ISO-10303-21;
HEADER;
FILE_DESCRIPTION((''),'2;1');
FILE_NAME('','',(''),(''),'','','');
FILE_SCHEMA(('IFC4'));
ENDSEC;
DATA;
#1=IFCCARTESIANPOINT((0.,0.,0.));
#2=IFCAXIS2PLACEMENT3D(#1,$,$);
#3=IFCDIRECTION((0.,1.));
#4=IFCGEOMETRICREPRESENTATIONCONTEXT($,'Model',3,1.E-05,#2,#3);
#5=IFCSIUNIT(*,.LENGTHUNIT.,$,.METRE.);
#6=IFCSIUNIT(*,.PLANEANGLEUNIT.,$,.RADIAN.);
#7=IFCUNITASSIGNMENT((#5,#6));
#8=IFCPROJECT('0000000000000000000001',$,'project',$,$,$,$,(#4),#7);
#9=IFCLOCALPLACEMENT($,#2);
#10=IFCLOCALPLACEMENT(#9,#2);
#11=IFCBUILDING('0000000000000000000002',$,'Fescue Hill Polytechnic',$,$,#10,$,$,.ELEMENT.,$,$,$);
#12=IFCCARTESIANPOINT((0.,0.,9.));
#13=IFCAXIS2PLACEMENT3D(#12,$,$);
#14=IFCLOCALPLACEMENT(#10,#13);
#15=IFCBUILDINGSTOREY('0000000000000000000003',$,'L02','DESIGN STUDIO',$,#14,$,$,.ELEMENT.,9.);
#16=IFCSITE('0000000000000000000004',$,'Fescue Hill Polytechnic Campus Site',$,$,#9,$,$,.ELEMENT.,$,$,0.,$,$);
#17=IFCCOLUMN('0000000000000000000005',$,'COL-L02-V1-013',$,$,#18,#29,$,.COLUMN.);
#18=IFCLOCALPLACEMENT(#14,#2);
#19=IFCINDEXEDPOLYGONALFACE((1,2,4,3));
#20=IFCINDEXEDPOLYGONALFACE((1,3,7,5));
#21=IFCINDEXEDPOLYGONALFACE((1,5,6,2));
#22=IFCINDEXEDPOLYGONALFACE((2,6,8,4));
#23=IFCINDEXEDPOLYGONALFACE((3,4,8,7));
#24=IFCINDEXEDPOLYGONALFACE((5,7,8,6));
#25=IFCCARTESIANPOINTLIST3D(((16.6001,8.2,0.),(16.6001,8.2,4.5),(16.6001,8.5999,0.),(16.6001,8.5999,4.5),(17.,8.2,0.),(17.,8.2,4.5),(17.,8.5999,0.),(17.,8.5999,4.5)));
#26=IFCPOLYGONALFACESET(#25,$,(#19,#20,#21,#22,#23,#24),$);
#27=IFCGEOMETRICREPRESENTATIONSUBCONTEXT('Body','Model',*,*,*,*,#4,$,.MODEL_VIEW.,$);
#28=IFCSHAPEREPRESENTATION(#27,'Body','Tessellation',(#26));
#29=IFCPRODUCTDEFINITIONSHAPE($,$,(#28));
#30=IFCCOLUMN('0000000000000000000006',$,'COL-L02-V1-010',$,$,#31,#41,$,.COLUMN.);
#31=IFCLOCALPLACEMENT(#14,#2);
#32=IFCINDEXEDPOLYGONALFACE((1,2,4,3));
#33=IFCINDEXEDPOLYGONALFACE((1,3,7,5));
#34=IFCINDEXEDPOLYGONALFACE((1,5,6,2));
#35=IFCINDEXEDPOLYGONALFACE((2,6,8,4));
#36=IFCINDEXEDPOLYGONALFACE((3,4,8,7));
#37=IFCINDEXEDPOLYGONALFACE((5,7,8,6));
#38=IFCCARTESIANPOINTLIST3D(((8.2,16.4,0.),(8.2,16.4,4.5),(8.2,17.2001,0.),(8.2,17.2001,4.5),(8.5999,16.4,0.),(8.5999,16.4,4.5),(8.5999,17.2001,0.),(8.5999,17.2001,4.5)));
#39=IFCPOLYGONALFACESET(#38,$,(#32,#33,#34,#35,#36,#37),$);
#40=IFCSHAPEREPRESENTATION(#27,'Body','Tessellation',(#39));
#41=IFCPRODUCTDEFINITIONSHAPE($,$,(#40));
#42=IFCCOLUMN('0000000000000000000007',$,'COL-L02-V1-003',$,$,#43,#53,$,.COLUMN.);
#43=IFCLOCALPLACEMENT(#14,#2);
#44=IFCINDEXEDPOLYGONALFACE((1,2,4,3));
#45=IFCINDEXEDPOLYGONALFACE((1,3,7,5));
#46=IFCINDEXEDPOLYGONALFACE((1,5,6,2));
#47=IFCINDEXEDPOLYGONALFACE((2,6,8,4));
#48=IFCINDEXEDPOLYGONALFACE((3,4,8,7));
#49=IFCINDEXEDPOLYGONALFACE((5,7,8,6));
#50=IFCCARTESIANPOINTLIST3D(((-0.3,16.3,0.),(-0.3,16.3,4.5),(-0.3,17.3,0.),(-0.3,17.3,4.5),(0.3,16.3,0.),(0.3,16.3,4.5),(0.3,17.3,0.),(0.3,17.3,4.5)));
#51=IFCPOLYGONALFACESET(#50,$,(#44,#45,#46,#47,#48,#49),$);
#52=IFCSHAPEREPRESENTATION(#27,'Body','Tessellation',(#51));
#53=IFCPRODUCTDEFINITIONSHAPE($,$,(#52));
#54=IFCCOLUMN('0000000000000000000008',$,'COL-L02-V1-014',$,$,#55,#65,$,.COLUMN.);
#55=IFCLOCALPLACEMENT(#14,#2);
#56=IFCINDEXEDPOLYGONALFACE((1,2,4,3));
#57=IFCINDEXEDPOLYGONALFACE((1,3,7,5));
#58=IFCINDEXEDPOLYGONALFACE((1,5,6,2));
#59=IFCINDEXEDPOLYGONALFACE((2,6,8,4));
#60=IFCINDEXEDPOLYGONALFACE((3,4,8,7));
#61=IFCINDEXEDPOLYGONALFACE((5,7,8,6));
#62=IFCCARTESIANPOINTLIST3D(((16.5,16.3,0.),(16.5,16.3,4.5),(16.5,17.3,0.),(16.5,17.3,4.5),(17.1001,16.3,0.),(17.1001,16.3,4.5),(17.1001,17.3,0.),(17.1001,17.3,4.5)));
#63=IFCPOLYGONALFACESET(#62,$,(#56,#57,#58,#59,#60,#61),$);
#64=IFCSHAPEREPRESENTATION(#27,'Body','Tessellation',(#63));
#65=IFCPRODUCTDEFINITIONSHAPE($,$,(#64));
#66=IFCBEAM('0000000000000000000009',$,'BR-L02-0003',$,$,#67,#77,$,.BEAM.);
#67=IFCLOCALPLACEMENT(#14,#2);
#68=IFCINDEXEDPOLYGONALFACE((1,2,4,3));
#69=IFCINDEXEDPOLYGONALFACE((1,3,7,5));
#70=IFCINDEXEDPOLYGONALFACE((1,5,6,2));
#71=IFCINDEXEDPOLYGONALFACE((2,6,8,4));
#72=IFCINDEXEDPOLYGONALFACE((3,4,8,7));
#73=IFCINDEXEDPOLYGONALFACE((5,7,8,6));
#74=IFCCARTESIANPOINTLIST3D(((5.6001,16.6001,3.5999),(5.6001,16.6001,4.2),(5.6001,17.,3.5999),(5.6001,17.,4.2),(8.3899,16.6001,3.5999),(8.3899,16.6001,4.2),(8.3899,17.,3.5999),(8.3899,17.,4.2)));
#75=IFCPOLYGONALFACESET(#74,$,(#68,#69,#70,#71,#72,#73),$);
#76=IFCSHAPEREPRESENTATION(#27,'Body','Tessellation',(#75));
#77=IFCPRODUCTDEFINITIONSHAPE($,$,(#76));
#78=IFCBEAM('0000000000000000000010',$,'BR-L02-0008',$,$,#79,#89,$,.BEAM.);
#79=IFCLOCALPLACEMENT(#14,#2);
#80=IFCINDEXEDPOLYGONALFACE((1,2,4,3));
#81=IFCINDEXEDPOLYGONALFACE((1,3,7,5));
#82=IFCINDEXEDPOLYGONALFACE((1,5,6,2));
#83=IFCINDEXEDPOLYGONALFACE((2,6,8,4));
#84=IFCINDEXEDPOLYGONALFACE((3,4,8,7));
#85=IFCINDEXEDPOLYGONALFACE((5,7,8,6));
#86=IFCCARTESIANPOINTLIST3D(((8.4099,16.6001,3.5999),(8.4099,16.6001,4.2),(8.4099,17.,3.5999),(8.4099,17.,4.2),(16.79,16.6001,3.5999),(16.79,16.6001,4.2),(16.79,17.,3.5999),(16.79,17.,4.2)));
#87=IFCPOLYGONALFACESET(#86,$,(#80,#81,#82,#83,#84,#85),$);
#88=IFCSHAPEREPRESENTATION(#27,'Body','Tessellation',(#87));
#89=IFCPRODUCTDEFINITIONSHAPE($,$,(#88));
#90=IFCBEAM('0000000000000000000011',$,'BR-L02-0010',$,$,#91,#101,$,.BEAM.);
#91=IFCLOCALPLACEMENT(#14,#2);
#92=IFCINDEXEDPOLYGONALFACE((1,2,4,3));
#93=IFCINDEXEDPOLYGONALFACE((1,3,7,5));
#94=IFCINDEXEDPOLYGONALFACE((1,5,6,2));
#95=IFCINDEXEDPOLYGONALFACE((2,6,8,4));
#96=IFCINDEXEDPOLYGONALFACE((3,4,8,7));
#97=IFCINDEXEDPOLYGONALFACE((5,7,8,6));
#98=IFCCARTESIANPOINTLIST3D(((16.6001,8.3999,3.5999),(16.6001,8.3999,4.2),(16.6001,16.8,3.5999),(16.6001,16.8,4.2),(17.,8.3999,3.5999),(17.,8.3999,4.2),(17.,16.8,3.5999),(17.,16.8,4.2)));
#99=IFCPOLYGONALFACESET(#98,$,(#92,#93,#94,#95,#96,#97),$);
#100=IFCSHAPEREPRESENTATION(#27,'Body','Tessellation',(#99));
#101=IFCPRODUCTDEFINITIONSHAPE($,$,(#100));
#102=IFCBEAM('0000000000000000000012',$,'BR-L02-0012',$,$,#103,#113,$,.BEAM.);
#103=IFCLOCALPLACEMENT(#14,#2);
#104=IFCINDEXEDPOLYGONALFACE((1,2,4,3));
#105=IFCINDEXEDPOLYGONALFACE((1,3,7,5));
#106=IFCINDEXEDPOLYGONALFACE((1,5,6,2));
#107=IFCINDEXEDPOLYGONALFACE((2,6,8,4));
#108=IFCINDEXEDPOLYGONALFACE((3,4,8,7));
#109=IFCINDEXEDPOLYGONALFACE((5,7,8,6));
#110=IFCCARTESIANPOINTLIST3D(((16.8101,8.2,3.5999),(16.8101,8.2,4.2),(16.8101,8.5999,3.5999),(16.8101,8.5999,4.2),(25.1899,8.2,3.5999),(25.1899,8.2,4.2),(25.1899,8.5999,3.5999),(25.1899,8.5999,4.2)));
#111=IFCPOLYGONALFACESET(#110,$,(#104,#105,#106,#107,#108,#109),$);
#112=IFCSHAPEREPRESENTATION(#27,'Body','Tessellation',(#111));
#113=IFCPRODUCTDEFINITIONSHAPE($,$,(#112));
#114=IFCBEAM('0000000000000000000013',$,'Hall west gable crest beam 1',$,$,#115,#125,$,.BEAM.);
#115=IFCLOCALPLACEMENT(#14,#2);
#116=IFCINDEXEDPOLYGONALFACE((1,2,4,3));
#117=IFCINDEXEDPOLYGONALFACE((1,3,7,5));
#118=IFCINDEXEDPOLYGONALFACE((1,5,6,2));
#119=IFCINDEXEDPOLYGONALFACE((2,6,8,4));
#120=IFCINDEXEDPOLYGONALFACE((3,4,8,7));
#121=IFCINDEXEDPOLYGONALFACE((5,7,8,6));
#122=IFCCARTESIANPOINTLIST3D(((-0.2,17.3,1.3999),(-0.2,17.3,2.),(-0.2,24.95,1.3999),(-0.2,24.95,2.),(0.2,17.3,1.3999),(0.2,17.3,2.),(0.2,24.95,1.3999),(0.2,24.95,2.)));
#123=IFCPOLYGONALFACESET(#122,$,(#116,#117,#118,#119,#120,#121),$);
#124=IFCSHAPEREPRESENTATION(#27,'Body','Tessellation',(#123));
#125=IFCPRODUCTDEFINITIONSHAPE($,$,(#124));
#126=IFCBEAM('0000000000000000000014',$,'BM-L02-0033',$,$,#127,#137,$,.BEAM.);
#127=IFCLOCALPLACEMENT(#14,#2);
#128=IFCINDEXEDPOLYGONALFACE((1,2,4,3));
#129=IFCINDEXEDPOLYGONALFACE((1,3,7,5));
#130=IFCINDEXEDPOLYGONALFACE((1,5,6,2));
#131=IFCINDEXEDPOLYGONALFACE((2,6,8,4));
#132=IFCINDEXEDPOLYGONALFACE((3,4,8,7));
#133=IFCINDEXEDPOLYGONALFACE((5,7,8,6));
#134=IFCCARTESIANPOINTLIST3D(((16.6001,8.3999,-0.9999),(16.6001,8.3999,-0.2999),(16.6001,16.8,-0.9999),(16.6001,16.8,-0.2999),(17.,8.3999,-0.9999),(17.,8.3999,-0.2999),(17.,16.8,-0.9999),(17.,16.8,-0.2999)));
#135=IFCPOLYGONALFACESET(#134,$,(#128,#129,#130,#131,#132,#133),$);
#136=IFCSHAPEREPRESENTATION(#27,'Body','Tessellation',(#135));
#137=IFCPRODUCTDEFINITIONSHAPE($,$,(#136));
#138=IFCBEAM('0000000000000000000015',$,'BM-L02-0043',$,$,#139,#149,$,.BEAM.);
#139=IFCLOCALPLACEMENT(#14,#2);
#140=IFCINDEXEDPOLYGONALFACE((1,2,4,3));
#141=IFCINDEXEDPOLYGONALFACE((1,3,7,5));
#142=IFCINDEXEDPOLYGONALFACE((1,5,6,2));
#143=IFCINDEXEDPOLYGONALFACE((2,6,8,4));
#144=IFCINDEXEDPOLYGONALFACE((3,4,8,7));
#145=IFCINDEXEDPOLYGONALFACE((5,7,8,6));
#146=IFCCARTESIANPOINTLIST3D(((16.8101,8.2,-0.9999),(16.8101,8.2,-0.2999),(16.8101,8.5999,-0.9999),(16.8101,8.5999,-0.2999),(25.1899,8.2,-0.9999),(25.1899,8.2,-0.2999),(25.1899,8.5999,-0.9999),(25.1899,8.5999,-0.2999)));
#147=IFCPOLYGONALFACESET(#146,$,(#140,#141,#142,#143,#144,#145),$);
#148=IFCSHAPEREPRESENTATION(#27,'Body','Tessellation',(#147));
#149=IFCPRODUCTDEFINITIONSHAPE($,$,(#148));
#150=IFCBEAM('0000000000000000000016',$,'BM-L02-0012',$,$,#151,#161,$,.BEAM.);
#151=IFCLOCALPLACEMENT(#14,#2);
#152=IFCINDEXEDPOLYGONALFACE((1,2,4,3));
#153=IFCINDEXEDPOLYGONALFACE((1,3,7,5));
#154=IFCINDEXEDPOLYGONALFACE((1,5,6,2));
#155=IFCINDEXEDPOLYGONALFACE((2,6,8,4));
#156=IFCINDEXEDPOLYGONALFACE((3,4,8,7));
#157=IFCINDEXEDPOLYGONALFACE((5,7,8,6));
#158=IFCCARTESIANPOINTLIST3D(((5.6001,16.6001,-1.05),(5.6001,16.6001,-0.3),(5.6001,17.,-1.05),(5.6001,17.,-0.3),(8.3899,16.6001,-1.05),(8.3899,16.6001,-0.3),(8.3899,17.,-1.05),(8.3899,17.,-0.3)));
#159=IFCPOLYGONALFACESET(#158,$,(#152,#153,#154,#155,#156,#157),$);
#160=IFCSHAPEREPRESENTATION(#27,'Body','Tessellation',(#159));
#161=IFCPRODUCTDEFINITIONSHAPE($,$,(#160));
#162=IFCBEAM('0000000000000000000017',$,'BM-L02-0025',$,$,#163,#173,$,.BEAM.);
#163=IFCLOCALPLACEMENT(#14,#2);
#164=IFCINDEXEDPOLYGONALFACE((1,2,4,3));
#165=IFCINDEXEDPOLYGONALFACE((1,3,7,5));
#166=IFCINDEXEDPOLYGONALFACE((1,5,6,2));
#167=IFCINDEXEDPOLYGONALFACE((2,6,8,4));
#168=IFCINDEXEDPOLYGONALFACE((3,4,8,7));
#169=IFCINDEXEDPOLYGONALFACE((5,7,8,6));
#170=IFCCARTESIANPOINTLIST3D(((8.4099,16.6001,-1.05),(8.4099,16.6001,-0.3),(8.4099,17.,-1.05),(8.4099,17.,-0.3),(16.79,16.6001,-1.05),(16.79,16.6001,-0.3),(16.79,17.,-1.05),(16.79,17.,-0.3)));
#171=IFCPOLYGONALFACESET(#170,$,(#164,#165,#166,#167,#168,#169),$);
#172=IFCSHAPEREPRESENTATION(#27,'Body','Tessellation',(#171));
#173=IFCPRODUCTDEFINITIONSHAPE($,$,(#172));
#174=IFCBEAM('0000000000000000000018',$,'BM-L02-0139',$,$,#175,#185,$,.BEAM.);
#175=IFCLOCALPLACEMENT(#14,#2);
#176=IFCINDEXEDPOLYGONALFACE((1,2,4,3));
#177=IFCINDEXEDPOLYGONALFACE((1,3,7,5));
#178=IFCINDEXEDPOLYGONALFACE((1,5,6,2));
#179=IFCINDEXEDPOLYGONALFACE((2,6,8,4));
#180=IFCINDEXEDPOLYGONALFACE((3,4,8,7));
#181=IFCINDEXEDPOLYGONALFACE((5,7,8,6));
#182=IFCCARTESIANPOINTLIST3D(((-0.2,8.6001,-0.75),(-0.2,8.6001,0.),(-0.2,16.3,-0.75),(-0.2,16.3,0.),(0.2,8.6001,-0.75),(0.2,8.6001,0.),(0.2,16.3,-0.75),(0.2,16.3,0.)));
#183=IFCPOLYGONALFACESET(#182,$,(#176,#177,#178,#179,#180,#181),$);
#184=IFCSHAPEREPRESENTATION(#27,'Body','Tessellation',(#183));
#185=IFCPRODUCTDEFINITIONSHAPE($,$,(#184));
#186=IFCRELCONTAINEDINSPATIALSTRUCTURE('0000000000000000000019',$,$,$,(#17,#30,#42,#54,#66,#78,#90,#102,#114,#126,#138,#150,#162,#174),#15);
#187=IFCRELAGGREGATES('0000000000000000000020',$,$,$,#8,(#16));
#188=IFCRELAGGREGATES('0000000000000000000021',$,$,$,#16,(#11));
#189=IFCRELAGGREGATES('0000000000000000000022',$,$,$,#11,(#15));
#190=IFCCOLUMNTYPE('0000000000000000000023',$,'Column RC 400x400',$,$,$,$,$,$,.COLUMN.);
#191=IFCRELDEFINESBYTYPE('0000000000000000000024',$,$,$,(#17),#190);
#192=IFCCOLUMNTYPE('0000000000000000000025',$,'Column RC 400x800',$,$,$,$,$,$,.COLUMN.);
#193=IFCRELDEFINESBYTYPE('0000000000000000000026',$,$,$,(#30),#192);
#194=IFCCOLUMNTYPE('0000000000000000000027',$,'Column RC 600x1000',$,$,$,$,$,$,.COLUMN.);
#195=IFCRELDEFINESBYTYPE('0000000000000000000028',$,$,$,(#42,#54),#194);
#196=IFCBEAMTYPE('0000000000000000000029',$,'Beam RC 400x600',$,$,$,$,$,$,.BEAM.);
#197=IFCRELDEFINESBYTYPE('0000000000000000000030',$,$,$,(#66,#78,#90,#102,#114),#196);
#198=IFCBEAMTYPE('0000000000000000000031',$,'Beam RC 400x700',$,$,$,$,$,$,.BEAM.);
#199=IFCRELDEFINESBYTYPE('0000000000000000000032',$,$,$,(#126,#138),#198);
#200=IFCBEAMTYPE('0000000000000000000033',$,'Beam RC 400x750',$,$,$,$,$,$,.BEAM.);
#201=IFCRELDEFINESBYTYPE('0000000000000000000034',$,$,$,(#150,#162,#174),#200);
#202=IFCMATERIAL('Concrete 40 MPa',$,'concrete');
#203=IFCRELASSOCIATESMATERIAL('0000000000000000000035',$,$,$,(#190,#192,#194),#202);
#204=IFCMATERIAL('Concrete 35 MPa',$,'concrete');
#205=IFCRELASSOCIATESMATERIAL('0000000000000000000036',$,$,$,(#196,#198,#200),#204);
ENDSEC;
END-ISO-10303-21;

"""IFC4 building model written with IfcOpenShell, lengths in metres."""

from ifc_helpers import new_model, si_unit, direction, frame, origin, origin_2d, place, context, subcontext, project, spatial, rectangle, extrude, material, material_profile, profile_set, type_object, element, save


model = new_model("IFC4")

# Units and contexts
model_context = context("Model", 3, precision=1e-05, world=origin(), true_north=direction((0.0, 1.0)))
body_context = subcontext(model_context, "Body", "Model", "MODEL_VIEW")
ifc_project = project(units=[si_unit("LENGTHUNIT", "METRE"), si_unit("PLANEANGLEUNIT", "RADIAN")], contexts=[model_context])

# Site, building, storey
site_placement = place(None, origin())
site = spatial("IfcSite", under=ifc_project, at=site_placement, Name="Fescue Hill Polytechnic Campus Site", CompositionType="ELEMENT", RefElevation=0.0)
building_placement = place(site_placement, origin())
building = spatial("IfcBuilding", under=site, at=building_placement, Name="Fescue Hill Polytechnic", CompositionType="ELEMENT")
storey_placement = place(building_placement, frame((0.0, 0.0, 9.0)))
storey = spatial("IfcBuildingStorey", under=building, at=storey_placement, Name="L02", Description="DESIGN STUDIO", CompositionType="ELEMENT", Elevation=9.0)

# Columns
ifc_material_1 = material(Name="Concrete 40 MPa", Category="concrete")
ifc_material_profile_1 = material_profile(ifc_material_1, rectangle(XDim=0.3999, YDim=0.3999, at=origin_2d()), Name="RC 400x400")
ifc_profile_set_1 = profile_set([ifc_material_profile_1], Name="Concrete 40 MPa")
column_type_1 = type_object("IfcColumnType", Name="Column RC 400x400", PredefinedType="COLUMN", material=ifc_profile_set_1)
column_1_placement = place(storey_placement, frame((16.8, 8.3999, 0.0), z_axis=(0.0, 0.0, 1.0), x_axis=(1.0, 0.0, 0.0)))
element("IfcColumn", 1, at=column_1_placement, inside=storey, type_object=column_type_1, Name="COL-L02-V1-013", PredefinedType="COLUMN", context=body_context, shape_type="SweptSolid", body=[
    extrude(rectangle(XDim=0.3999, YDim=0.3999, at=origin_2d()), origin(), (0.0, 0.0, 1.0), 4.5),
])
ifc_material_profile_2 = material_profile(ifc_material_1, rectangle(XDim=0.3999, YDim=0.8, at=origin_2d()), Name="RC 400x800")
ifc_profile_set_2 = profile_set([ifc_material_profile_2], Name="Concrete 40 MPa")
column_type_2 = type_object("IfcColumnType", Name="Column RC 400x800", PredefinedType="COLUMN", material=ifc_profile_set_2)
column_2_placement = place(storey_placement, frame((8.3999, 16.8, 0.0), z_axis=(0.0, 0.0, 1.0), x_axis=(1.0, 0.0, 0.0)))
element("IfcColumn", 2, at=column_2_placement, inside=storey, type_object=column_type_2, Name="COL-L02-V1-010", PredefinedType="COLUMN", context=body_context, shape_type="SweptSolid", body=[
    extrude(rectangle(XDim=0.3999, YDim=0.8, at=origin_2d()), origin(), (0.0, 0.0, 1.0), 4.5),
])
ifc_material_profile_3 = material_profile(ifc_material_1, rectangle(XDim=0.6001, YDim=1.0, at=origin_2d()), Name="RC 600x1000")
ifc_profile_set_3 = profile_set([ifc_material_profile_3], Name="Concrete 40 MPa")
column_type_3 = type_object("IfcColumnType", Name="Column RC 600x1000", PredefinedType="COLUMN", material=ifc_profile_set_3)
for number, where, z_axis, x_axis, name in (
    (3, (0.0, 16.8, 0.0), (0.0, 0.0, 1.0), (1.0, 0.0, 0.0), "COL-L02-V1-003"),
    (4, (16.8, 16.8, 0.0), (0.0, 0.0, 1.0), (1.0, 0.0, 0.0), "COL-L02-V1-014"),
):
    element("IfcColumn", number, at=place(storey_placement, frame(where, z_axis=z_axis, x_axis=x_axis)), inside=storey, type_object=column_type_3, Name=name, PredefinedType="COLUMN", context=body_context, shape_type="SweptSolid", body=[
        extrude(rectangle(XDim=0.6001, YDim=1.0, at=origin_2d()), origin(), (0.0, 0.0, 1.0), 4.5),
    ])

# Beams
ifc_material_2 = material(Name="Concrete 35 MPa", Category="concrete")
ifc_material_profile_4 = material_profile(ifc_material_2, rectangle(XDim=0.3999, YDim=0.6001, at=origin_2d()), Name="RC 400x600")
ifc_profile_set_4 = profile_set([ifc_material_profile_4], Name="Concrete 35 MPa")
beam_type_1 = type_object("IfcBeamType", Name="Beam RC 400x600", PredefinedType="BEAM", material=ifc_profile_set_4)
beam_1_placement = place(storey_placement, frame((5.6001, 16.8, 3.8999), z_axis=(1.0, 0.0, 0.0), x_axis=(0.0, 1.0, 0.0)))
element("IfcBeam", 5, at=beam_1_placement, inside=storey, type_object=beam_type_1, Name="BR-L02-0003", PredefinedType="BEAM", context=body_context, shape_type="SweptSolid", body=[
    extrude(rectangle(XDim=0.3999, YDim=0.6001, at=origin_2d()), origin(), (0.0, 0.0, 1.0), 2.7898),
])
beam_2_placement = place(storey_placement, frame((8.4099, 16.8, 3.8999), z_axis=(1.0, 0.0, 0.0), x_axis=(0.0, 1.0, 0.0)))
element("IfcBeam", 6, at=beam_2_placement, inside=storey, type_object=beam_type_1, Name="BR-L02-0008", PredefinedType="BEAM", context=body_context, shape_type="SweptSolid", body=[
    extrude(rectangle(XDim=0.3999, YDim=0.6001, at=origin_2d()), origin(), (0.0, 0.0, 1.0), 8.3801),
])
beam_3_placement = place(storey_placement, frame((16.8, 8.3999, 3.8999), z_axis=(0.0, 1.0, 0.0), x_axis=(-1.0, 0.0, 0.0)))
element("IfcBeam", 7, at=beam_3_placement, inside=storey, type_object=beam_type_1, Name="BR-L02-0010", PredefinedType="BEAM", context=body_context, shape_type="SweptSolid", body=[
    extrude(rectangle(XDim=0.3999, YDim=0.6001, at=origin_2d()), origin(), (0.0, 0.0, 1.0), 8.4001),
])
beam_4_placement = place(storey_placement, frame((16.8101, 8.3999, 3.8999), z_axis=(1.0, 0.0, 0.0), x_axis=(0.0, 1.0, 0.0)))
element("IfcBeam", 8, at=beam_4_placement, inside=storey, type_object=beam_type_1, Name="BR-L02-0012", PredefinedType="BEAM", context=body_context, shape_type="SweptSolid", body=[
    extrude(rectangle(XDim=0.3999, YDim=0.6001, at=origin_2d()), origin(), (0.0, 0.0, 1.0), 8.3799),
])
beam_5_placement = place(storey_placement, frame((0.0, 17.3, 1.7), z_axis=(0.0, 1.0, 0.0), x_axis=(-1.0, 0.0, 0.0)))
element("IfcBeam", 9, at=beam_5_placement, inside=storey, type_object=beam_type_1, Name="Hall west gable crest beam 1", PredefinedType="BEAM", context=body_context, shape_type="SweptSolid", body=[
    extrude(rectangle(XDim=0.3999, YDim=0.6001, at=origin_2d()), origin(), (0.0, 0.0, 1.0), 7.6499),
])
ifc_material_profile_5 = material_profile(ifc_material_2, rectangle(XDim=0.3999, YDim=0.7, at=origin_2d()), Name="RC 400x700")
ifc_profile_set_5 = profile_set([ifc_material_profile_5], Name="Concrete 35 MPa")
beam_type_2 = type_object("IfcBeamType", Name="Beam RC 400x700", PredefinedType="BEAM", material=ifc_profile_set_5)
beam_6_placement = place(storey_placement, frame((16.8, 8.3999, -0.6499), z_axis=(0.0, 1.0, 0.0), x_axis=(-1.0, 0.0, 0.0)))
element("IfcBeam", 10, at=beam_6_placement, inside=storey, type_object=beam_type_2, Name="BM-L02-0033", PredefinedType="BEAM", context=body_context, shape_type="SweptSolid", body=[
    extrude(rectangle(XDim=0.3999, YDim=0.7, at=origin_2d()), origin(), (0.0, 0.0, 1.0), 8.4001),
])
beam_7_placement = place(storey_placement, frame((16.8101, 8.3999, -0.6499), z_axis=(1.0, 0.0, 0.0), x_axis=(0.0, 1.0, 0.0)))
element("IfcBeam", 11, at=beam_7_placement, inside=storey, type_object=beam_type_2, Name="BM-L02-0043", PredefinedType="BEAM", context=body_context, shape_type="SweptSolid", body=[
    extrude(rectangle(XDim=0.3999, YDim=0.7, at=origin_2d()), origin(), (0.0, 0.0, 1.0), 8.3799),
])
ifc_material_profile_6 = material_profile(ifc_material_2, rectangle(XDim=0.3999, YDim=0.75, at=origin_2d()), Name="RC 400x750")
ifc_profile_set_6 = profile_set([ifc_material_profile_6], Name="Concrete 35 MPa")
beam_type_3 = type_object("IfcBeamType", Name="Beam RC 400x750", PredefinedType="BEAM", material=ifc_profile_set_6)
beam_8_placement = place(storey_placement, frame((5.6001, 16.8, -0.675), z_axis=(1.0, 0.0, 0.0), x_axis=(0.0, 1.0, 0.0)))
element("IfcBeam", 12, at=beam_8_placement, inside=storey, type_object=beam_type_3, Name="BM-L02-0012", PredefinedType="BEAM", context=body_context, shape_type="SweptSolid", body=[
    extrude(rectangle(XDim=0.3999, YDim=0.75, at=origin_2d()), origin(), (0.0, 0.0, 1.0), 2.7898),
])
beam_9_placement = place(storey_placement, frame((8.4099, 16.8, -0.675), z_axis=(1.0, 0.0, 0.0), x_axis=(0.0, 1.0, 0.0)))
element("IfcBeam", 13, at=beam_9_placement, inside=storey, type_object=beam_type_3, Name="BM-L02-0025", PredefinedType="BEAM", context=body_context, shape_type="SweptSolid", body=[
    extrude(rectangle(XDim=0.3999, YDim=0.75, at=origin_2d()), origin(), (0.0, 0.0, 1.0), 8.3801),
])
beam_10_placement = place(storey_placement, frame((0.0, 8.6001, -0.375), z_axis=(0.0, 1.0, 0.0), x_axis=(-1.0, 0.0, 0.0)))
element("IfcBeam", 14, at=beam_10_placement, inside=storey, type_object=beam_type_3, Name="BM-L02-0139", PredefinedType="BEAM", context=body_context, shape_type="SweptSolid", body=[
    extrude(rectangle(XDim=0.3999, YDim=0.75, at=origin_2d()), origin(), (0.0, 0.0, 1.0), 7.7),
])

save(model, "model.ifc")
